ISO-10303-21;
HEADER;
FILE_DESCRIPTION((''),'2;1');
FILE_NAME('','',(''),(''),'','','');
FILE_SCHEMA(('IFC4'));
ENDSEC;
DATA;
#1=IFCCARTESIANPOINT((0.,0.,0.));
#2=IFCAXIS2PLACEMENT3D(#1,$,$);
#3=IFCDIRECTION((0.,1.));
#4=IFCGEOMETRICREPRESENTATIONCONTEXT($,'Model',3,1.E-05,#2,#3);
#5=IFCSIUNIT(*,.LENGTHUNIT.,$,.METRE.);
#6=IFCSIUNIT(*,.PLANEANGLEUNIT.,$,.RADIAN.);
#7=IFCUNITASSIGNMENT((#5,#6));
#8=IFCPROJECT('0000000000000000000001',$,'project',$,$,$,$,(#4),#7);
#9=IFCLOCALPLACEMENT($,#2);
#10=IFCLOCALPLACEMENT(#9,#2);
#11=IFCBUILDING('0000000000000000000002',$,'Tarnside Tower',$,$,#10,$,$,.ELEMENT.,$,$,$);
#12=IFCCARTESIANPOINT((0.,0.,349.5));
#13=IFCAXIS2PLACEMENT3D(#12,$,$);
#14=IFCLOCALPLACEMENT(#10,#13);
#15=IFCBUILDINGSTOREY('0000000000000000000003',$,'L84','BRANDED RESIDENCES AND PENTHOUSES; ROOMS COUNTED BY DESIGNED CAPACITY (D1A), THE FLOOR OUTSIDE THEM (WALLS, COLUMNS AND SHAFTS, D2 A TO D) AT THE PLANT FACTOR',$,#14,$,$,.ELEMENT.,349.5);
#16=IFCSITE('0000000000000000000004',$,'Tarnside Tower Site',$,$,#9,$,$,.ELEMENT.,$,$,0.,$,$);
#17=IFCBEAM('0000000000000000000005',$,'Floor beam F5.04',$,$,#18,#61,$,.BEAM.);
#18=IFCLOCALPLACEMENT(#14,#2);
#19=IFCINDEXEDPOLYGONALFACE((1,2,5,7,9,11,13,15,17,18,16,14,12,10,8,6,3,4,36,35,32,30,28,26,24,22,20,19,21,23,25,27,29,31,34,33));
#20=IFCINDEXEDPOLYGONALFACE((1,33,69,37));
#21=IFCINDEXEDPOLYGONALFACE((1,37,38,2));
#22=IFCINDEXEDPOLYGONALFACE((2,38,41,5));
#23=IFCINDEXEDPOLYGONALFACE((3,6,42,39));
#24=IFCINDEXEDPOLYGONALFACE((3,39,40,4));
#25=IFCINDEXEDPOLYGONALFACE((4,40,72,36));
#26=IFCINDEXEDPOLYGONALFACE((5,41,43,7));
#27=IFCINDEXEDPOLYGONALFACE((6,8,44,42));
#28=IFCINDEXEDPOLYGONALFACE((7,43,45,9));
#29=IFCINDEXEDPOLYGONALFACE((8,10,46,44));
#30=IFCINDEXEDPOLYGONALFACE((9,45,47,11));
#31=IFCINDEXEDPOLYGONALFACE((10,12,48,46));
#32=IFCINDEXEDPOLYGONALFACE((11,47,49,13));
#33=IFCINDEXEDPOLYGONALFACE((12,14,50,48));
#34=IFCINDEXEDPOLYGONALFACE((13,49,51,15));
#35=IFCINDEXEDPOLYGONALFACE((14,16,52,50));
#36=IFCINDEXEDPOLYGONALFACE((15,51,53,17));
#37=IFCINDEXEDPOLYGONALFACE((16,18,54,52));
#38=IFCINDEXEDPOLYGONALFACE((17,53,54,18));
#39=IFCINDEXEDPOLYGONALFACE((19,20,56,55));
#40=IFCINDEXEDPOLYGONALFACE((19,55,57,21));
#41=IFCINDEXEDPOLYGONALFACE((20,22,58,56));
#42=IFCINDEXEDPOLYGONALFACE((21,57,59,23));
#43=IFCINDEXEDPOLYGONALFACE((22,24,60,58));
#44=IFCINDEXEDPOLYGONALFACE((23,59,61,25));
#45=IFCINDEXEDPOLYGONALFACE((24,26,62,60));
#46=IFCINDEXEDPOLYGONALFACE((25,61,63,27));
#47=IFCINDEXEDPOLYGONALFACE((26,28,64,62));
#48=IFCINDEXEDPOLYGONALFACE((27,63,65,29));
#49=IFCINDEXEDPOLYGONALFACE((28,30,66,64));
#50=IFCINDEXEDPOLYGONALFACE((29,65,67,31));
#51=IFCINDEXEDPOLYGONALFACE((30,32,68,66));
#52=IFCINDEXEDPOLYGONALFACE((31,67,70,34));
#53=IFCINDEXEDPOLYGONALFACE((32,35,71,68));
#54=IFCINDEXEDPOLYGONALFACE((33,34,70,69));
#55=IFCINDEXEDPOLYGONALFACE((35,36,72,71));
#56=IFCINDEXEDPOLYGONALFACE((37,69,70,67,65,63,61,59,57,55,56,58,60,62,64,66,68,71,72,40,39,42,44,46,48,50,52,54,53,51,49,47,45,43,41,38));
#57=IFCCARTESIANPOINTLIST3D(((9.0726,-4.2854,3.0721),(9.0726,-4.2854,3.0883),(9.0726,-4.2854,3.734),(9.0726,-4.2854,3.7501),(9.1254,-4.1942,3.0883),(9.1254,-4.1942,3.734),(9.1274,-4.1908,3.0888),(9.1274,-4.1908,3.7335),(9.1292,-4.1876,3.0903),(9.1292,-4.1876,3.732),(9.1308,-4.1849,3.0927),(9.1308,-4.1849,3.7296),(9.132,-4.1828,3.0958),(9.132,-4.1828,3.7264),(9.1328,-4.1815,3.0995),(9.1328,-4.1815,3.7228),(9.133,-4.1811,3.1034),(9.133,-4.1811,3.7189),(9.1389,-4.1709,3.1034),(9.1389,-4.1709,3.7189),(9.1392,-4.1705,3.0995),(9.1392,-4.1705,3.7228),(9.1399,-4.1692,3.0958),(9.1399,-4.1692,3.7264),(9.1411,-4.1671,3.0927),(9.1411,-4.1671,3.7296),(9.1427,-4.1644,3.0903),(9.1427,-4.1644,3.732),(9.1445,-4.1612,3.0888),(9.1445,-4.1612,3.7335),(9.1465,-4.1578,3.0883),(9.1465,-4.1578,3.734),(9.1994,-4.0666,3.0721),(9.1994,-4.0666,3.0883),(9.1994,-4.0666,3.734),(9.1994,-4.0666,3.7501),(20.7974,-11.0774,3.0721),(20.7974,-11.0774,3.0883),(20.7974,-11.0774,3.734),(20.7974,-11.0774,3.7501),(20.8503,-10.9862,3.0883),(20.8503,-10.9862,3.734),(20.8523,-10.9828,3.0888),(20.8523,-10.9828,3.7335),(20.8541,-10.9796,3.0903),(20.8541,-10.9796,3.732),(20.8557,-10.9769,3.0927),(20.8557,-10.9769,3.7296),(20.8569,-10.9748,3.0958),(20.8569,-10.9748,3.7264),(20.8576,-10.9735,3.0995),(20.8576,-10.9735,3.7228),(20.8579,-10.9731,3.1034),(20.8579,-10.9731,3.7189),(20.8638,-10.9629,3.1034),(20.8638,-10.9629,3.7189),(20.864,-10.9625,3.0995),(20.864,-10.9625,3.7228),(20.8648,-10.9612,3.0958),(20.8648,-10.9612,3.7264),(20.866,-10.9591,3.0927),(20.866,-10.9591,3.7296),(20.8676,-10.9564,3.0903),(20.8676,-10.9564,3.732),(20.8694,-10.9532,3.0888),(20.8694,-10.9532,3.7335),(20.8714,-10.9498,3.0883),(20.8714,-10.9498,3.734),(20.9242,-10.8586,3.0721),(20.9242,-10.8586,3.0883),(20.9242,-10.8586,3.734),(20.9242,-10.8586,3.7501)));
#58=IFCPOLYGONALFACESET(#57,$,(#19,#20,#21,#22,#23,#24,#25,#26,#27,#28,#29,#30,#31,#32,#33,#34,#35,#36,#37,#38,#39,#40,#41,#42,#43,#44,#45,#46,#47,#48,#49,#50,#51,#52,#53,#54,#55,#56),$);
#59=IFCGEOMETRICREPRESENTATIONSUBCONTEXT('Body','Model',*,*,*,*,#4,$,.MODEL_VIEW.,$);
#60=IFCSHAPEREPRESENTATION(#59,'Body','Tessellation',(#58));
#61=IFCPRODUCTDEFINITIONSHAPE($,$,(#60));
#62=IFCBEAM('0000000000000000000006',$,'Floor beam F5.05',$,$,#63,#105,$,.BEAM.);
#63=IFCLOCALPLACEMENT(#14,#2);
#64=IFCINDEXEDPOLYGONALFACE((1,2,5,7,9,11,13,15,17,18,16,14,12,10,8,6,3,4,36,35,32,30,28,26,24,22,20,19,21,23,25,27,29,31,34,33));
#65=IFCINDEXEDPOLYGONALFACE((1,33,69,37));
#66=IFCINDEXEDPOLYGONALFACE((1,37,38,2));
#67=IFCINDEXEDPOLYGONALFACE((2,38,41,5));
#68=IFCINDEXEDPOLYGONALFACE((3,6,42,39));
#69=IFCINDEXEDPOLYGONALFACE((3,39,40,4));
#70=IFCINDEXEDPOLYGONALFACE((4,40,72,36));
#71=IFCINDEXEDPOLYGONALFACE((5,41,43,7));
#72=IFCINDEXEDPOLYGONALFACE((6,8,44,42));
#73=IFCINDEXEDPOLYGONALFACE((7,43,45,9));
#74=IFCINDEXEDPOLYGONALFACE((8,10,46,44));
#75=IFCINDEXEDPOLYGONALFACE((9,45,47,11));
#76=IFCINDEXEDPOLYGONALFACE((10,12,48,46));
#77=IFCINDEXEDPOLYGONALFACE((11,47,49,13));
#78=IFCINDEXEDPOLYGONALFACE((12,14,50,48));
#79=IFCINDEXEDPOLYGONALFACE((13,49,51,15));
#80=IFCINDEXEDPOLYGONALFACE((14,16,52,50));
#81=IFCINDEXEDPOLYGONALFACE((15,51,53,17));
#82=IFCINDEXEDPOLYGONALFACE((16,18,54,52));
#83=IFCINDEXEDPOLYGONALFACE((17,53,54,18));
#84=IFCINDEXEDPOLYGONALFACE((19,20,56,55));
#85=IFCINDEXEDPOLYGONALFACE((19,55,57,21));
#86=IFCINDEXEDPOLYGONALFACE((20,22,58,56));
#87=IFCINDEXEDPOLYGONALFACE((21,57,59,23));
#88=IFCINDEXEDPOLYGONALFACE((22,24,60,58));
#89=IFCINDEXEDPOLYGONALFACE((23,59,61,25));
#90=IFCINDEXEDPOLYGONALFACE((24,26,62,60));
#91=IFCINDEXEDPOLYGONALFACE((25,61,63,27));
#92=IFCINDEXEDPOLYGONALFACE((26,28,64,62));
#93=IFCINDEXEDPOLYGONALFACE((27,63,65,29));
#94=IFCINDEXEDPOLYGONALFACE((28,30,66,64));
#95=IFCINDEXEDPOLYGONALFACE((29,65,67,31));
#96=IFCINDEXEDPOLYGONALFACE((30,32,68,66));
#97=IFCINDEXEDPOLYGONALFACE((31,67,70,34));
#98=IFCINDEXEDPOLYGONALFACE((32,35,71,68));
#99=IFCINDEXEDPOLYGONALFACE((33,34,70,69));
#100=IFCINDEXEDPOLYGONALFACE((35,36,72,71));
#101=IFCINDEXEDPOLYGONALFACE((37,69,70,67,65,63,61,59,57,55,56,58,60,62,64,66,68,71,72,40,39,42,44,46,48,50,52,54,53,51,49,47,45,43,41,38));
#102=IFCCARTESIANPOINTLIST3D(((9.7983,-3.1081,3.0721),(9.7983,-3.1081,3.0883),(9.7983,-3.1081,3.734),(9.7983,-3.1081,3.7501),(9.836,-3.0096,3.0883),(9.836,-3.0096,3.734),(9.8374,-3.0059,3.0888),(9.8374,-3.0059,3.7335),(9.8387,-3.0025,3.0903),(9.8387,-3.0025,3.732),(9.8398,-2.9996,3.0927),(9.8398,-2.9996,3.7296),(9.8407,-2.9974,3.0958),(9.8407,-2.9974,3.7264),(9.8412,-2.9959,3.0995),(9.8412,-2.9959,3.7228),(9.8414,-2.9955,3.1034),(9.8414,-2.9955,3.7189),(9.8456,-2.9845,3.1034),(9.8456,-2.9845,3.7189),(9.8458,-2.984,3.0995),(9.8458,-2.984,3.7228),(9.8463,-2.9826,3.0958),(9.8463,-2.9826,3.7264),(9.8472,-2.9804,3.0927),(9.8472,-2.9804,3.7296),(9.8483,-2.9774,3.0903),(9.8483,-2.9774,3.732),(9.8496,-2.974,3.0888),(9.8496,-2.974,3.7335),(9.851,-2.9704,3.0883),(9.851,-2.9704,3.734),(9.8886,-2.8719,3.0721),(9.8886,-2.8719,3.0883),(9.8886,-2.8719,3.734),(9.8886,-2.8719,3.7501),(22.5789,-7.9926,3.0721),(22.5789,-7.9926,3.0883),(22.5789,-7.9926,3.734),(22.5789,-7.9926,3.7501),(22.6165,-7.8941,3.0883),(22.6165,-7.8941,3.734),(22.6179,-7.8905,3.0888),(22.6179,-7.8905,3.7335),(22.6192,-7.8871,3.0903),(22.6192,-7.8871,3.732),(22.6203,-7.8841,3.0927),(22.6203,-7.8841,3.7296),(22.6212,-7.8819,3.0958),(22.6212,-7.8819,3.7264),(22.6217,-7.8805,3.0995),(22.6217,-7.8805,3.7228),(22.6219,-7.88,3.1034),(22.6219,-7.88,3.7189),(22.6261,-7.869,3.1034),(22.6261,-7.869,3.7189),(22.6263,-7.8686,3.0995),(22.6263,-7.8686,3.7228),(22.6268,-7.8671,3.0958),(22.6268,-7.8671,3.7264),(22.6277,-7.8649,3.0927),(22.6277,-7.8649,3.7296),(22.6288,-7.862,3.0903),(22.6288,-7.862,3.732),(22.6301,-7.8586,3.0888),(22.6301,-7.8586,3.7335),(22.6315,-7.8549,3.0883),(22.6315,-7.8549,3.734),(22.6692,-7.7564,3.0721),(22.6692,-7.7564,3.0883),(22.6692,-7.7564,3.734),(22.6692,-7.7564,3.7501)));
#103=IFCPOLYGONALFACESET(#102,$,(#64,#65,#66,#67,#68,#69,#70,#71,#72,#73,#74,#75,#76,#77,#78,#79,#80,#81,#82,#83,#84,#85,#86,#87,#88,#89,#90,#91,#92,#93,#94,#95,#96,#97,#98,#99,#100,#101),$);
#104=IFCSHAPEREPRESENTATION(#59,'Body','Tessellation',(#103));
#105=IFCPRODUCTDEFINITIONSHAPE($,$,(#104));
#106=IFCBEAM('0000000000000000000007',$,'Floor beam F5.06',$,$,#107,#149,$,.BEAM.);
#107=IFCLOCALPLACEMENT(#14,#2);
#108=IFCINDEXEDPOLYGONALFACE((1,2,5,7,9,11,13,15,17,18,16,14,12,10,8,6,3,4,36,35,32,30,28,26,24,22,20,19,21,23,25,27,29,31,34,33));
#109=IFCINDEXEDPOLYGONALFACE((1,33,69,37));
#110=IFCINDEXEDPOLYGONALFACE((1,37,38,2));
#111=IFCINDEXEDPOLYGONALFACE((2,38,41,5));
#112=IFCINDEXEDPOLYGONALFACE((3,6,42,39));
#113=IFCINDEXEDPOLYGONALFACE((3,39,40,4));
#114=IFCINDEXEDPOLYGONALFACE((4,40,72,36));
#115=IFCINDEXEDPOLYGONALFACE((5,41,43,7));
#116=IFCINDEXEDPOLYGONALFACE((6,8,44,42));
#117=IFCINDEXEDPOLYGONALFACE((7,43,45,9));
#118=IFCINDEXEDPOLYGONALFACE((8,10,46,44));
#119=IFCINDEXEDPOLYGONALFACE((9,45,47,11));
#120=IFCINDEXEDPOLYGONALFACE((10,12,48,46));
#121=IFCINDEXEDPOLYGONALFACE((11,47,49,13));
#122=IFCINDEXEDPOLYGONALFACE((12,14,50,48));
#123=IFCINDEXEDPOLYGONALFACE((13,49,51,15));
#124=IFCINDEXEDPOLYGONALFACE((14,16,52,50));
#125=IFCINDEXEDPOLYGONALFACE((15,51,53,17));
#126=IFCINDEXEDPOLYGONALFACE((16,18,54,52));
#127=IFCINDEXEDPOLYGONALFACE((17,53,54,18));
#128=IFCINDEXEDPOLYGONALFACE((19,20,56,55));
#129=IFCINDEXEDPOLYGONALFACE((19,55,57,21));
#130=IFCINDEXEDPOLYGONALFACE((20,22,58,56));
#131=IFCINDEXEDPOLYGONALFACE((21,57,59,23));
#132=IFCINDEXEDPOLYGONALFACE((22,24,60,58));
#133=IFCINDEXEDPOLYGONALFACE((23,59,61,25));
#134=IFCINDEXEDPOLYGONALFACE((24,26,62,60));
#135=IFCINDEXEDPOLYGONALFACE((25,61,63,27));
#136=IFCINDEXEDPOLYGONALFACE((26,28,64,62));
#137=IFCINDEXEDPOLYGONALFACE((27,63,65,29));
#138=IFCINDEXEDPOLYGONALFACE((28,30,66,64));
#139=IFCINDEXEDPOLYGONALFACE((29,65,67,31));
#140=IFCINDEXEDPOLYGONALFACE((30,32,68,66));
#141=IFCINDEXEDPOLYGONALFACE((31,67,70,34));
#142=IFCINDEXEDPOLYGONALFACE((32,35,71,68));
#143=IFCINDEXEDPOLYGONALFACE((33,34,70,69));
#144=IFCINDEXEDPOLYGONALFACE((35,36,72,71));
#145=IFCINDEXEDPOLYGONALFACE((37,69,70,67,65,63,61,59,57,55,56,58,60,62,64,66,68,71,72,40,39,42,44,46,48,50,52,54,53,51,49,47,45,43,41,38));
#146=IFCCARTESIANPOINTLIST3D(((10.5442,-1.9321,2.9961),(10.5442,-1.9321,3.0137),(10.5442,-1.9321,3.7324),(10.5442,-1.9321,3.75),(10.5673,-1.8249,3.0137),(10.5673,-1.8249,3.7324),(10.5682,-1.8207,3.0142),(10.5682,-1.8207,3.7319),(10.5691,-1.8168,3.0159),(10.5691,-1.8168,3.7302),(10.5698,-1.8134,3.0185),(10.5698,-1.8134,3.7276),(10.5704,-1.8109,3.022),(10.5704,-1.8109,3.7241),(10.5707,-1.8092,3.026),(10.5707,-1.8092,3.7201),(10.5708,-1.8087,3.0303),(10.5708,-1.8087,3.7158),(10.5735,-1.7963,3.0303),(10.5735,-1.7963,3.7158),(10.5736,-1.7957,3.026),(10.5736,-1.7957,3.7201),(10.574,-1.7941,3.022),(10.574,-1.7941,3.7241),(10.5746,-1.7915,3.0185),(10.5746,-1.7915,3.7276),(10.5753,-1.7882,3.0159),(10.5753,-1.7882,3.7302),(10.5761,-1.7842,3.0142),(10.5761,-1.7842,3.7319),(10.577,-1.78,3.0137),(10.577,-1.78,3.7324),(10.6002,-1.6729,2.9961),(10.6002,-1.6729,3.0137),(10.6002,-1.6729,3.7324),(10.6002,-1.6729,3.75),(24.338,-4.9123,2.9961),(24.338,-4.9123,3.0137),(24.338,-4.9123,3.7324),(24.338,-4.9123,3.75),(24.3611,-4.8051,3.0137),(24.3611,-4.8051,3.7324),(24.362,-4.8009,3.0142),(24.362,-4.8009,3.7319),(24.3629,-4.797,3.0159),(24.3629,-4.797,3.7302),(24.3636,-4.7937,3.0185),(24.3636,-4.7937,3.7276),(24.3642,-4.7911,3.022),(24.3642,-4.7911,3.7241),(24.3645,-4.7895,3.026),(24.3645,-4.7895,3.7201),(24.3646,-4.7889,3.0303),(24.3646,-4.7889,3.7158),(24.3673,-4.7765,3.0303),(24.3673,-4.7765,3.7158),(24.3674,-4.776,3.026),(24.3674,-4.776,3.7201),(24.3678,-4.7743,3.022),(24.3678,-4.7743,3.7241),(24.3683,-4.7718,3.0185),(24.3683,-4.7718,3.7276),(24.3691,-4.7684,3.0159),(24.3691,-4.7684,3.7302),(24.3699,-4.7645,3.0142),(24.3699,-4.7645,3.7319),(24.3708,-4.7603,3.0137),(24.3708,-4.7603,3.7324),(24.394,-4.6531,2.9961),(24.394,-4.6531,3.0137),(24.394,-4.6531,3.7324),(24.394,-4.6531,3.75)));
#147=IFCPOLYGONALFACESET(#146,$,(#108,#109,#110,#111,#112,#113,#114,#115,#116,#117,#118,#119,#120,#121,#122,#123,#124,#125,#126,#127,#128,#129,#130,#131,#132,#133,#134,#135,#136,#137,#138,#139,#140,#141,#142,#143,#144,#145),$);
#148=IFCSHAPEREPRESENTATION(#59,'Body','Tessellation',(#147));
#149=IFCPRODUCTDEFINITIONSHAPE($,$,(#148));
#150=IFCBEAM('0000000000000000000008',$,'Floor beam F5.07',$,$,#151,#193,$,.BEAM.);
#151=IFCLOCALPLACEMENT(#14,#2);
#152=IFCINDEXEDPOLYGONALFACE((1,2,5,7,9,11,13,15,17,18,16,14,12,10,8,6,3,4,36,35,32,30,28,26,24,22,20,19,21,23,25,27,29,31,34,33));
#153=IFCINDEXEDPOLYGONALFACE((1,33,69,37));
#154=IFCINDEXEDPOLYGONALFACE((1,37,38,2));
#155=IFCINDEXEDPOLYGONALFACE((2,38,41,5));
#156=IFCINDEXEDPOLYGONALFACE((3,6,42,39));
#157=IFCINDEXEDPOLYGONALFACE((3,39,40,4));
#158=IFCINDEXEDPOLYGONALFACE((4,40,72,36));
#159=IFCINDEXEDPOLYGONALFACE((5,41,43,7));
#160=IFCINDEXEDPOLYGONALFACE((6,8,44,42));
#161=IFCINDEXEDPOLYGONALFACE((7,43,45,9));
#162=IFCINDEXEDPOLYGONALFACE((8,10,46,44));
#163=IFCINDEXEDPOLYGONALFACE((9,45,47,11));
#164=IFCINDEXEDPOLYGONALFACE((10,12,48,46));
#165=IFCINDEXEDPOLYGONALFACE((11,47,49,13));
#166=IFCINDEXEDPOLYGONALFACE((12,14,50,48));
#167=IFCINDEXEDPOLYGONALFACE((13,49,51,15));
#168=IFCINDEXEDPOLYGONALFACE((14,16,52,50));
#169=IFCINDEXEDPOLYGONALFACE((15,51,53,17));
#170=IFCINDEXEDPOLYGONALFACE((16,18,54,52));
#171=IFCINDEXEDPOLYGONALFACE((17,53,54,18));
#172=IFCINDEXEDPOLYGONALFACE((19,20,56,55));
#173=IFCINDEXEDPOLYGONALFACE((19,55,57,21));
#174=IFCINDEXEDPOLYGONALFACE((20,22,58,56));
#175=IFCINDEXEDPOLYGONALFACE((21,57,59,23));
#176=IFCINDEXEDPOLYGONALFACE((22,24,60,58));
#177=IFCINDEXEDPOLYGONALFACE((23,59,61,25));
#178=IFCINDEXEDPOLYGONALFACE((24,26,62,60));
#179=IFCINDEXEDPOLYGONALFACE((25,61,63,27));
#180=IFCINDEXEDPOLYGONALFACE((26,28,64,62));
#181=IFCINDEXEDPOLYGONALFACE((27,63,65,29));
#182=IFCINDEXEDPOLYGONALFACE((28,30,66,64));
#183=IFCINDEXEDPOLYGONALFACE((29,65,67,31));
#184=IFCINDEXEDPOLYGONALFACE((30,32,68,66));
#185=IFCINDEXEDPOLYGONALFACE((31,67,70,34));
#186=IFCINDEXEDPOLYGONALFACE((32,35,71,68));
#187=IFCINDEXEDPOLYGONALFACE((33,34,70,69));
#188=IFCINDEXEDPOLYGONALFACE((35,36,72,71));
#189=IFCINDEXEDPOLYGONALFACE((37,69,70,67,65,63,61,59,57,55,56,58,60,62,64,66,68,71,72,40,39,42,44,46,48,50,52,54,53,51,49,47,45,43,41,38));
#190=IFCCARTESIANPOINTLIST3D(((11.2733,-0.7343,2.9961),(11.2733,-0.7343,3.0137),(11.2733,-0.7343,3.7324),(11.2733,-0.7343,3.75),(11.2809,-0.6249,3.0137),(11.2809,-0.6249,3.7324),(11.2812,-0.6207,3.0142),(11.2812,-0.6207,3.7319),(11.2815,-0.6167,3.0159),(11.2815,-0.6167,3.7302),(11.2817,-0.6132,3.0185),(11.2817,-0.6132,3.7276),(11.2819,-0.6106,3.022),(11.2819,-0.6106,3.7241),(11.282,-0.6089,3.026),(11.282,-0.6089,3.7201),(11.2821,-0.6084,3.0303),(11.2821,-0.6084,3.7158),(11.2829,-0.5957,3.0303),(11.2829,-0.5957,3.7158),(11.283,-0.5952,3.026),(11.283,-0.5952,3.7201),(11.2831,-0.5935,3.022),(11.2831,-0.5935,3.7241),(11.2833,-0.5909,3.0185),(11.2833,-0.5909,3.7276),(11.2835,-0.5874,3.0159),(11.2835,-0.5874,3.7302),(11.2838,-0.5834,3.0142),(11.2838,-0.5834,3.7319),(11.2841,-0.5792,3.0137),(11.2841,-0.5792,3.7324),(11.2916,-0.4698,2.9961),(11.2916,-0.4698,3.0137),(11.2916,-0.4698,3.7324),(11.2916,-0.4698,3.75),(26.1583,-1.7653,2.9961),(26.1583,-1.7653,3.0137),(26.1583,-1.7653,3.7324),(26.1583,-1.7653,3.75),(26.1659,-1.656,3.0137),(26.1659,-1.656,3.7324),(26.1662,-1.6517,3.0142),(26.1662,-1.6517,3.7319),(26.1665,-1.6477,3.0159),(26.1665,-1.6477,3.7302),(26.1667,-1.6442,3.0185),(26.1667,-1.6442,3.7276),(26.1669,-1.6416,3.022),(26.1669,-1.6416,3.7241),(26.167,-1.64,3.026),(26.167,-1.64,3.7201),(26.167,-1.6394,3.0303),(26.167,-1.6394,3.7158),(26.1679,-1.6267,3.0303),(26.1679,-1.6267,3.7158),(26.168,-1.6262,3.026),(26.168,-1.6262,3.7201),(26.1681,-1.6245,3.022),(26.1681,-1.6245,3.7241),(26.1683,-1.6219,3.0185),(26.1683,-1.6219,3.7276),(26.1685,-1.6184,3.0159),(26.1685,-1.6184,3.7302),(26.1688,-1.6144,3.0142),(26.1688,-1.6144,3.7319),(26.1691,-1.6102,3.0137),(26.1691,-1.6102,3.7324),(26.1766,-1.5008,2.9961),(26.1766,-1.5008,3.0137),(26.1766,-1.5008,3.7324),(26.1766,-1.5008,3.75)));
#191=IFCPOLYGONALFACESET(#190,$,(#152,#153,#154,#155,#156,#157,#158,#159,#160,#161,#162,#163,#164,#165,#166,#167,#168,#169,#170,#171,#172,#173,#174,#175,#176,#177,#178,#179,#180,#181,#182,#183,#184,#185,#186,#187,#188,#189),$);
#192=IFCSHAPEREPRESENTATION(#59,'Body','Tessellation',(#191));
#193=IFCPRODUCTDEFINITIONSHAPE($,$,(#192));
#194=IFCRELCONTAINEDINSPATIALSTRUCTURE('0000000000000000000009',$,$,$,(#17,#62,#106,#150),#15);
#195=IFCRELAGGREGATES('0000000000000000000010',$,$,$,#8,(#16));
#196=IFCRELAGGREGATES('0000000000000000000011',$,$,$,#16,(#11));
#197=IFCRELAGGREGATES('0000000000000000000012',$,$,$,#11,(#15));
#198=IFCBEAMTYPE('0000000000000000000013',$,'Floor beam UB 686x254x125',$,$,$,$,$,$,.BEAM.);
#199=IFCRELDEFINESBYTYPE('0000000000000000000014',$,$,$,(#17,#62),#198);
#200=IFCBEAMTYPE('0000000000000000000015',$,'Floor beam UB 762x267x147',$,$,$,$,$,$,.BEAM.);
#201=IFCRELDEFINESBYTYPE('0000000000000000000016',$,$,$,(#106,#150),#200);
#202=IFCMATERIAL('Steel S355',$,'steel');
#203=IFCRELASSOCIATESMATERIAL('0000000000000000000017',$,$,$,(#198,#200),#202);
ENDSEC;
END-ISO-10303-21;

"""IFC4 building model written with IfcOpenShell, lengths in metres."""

from ifc_helpers import new_model, si_unit, direction, frame, origin, origin_2d, place, context, subcontext, project, spatial, i_section, extrude, material, material_profile, profile_set, type_object, element, save


model = new_model("IFC4")

# Units and contexts
model_context = context("Model", 3, precision=1e-05, world=origin(), true_north=direction((0.0, 1.0)))
body_context = subcontext(model_context, "Body", "Model", "MODEL_VIEW")
ifc_project = project(units=[si_unit("LENGTHUNIT", "METRE"), si_unit("PLANEANGLEUNIT", "RADIAN")], contexts=[model_context])

# Site, building, storey
site_placement = place(None, origin())
site = spatial("IfcSite", under=ifc_project, at=site_placement, Name="Tarnside Tower Site", CompositionType="ELEMENT", RefElevation=0.0)
building_placement = place(site_placement, origin())
building = spatial("IfcBuilding", under=site, at=building_placement, Name="Tarnside Tower", CompositionType="ELEMENT")
storey_placement = place(building_placement, frame((0.0, 0.0, 349.5)))
storey = spatial("IfcBuildingStorey", under=building, at=storey_placement, Name="L84", Description="BRANDED RESIDENCES AND PENTHOUSES; ROOMS COUNTED BY DESIGNED CAPACITY (D1A), THE FLOOR OUTSIDE THEM (WALLS, COLUMNS AND SHAFTS, D2 A TO D) AT THE PLANT FACTOR", CompositionType="ELEMENT", Elevation=349.5)

# Beams
ifc_material_1 = material(Name="Steel S355", Category="steel")
ifc_material_profile_1 = material_profile(ifc_material_1, i_section(OverallWidth=0.2529, OverallDepth=0.678, WebThickness=0.0117, FlangeThickness=0.0161, FilletRadius=0.0151, at=origin_2d()), Name="UB 686x254x125")
ifc_profile_set_1 = profile_set([ifc_material_profile_1], Name="Steel S355")
beam_type_1 = type_object("IfcBeamType", Name="Floor beam UB 686x254x125", PredefinedType="BEAM", material=ifc_profile_set_1)
beam_1_placement = place(storey_placement, frame((20.8608, -10.968, 3.4111), z_axis=(-0.865301, 0.501253, 0.0), x_axis=(-0.501253, -0.865301, 0.0)))
element("IfcBeam", 1, at=beam_1_placement, inside=storey, type_object=beam_type_1, Name="Floor beam F5.04", PredefinedType="BEAM", context=body_context, shape_type="SweptSolid", body=[
    extrude(i_section(OverallWidth=0.2529, OverallDepth=0.678, WebThickness=0.0117, FlangeThickness=0.0161, FilletRadius=0.0151, at=origin_2d()), origin(), (0.0, 0.0, 1.0), 13.55),
])
beam_2_placement = place(storey_placement, frame((22.624, -7.8745, 3.4111), z_axis=(-0.934104, 0.357001, 0.0), x_axis=(-0.357001, -0.934104, 0.0)))
element("IfcBeam", 2, at=beam_2_placement, inside=storey, type_object=beam_type_1, Name="Floor beam F5.05", PredefinedType="BEAM", context=body_context, shape_type="SweptSolid", body=[
    extrude(i_section(OverallWidth=0.2529, OverallDepth=0.678, WebThickness=0.0117, FlangeThickness=0.0161, FilletRadius=0.0151, at=origin_2d()), origin(), (0.0, 0.0, 1.0), 13.6821),
])
ifc_material_profile_2 = material_profile(ifc_material_1, i_section(OverallWidth=0.2651, OverallDepth=0.7539, WebThickness=0.0127, FlangeThickness=0.0176, FilletRadius=0.0166, at=origin_2d()), Name="UB 762x267x147")
ifc_profile_set_2 = profile_set([ifc_material_profile_2], Name="Steel S355")
beam_type_2 = type_object("IfcBeamType", Name="Floor beam UB 762x267x147", PredefinedType="BEAM", material=ifc_profile_set_2)
beam_3_placement = place(storey_placement, frame((24.366, -4.7827, 3.373), z_axis=(-0.977446, 0.211184, 0.0), x_axis=(-0.211184, -0.977446, 0.0)))
element("IfcBeam", 3, at=beam_3_placement, inside=storey, type_object=beam_type_2, Name="Floor beam F5.06", PredefinedType="BEAM", context=body_context, shape_type="SweptSolid", body=[
    extrude(i_section(OverallWidth=0.2651, OverallDepth=0.7539, WebThickness=0.0127, FlangeThickness=0.0176, FilletRadius=0.0166, at=origin_2d()), origin(), (0.0, 0.0, 1.0), 14.1121),
])
beam_4_placement = place(storey_placement, frame((26.1675, -1.6331, 3.373), z_axis=(-0.99761, 0.069099, 0.0), x_axis=(-0.069099, -0.99761, 0.0)))
element("IfcBeam", 4, at=beam_4_placement, inside=storey, type_object=beam_type_2, Name="Floor beam F5.07", PredefinedType="BEAM", context=body_context, shape_type="SweptSolid", body=[
    extrude(i_section(OverallWidth=0.2651, OverallDepth=0.7539, WebThickness=0.0127, FlangeThickness=0.0176, FilletRadius=0.0166, at=origin_2d()), origin(), (0.0, 0.0, 1.0), 14.9207),
])

save(model, "model.ifc")
